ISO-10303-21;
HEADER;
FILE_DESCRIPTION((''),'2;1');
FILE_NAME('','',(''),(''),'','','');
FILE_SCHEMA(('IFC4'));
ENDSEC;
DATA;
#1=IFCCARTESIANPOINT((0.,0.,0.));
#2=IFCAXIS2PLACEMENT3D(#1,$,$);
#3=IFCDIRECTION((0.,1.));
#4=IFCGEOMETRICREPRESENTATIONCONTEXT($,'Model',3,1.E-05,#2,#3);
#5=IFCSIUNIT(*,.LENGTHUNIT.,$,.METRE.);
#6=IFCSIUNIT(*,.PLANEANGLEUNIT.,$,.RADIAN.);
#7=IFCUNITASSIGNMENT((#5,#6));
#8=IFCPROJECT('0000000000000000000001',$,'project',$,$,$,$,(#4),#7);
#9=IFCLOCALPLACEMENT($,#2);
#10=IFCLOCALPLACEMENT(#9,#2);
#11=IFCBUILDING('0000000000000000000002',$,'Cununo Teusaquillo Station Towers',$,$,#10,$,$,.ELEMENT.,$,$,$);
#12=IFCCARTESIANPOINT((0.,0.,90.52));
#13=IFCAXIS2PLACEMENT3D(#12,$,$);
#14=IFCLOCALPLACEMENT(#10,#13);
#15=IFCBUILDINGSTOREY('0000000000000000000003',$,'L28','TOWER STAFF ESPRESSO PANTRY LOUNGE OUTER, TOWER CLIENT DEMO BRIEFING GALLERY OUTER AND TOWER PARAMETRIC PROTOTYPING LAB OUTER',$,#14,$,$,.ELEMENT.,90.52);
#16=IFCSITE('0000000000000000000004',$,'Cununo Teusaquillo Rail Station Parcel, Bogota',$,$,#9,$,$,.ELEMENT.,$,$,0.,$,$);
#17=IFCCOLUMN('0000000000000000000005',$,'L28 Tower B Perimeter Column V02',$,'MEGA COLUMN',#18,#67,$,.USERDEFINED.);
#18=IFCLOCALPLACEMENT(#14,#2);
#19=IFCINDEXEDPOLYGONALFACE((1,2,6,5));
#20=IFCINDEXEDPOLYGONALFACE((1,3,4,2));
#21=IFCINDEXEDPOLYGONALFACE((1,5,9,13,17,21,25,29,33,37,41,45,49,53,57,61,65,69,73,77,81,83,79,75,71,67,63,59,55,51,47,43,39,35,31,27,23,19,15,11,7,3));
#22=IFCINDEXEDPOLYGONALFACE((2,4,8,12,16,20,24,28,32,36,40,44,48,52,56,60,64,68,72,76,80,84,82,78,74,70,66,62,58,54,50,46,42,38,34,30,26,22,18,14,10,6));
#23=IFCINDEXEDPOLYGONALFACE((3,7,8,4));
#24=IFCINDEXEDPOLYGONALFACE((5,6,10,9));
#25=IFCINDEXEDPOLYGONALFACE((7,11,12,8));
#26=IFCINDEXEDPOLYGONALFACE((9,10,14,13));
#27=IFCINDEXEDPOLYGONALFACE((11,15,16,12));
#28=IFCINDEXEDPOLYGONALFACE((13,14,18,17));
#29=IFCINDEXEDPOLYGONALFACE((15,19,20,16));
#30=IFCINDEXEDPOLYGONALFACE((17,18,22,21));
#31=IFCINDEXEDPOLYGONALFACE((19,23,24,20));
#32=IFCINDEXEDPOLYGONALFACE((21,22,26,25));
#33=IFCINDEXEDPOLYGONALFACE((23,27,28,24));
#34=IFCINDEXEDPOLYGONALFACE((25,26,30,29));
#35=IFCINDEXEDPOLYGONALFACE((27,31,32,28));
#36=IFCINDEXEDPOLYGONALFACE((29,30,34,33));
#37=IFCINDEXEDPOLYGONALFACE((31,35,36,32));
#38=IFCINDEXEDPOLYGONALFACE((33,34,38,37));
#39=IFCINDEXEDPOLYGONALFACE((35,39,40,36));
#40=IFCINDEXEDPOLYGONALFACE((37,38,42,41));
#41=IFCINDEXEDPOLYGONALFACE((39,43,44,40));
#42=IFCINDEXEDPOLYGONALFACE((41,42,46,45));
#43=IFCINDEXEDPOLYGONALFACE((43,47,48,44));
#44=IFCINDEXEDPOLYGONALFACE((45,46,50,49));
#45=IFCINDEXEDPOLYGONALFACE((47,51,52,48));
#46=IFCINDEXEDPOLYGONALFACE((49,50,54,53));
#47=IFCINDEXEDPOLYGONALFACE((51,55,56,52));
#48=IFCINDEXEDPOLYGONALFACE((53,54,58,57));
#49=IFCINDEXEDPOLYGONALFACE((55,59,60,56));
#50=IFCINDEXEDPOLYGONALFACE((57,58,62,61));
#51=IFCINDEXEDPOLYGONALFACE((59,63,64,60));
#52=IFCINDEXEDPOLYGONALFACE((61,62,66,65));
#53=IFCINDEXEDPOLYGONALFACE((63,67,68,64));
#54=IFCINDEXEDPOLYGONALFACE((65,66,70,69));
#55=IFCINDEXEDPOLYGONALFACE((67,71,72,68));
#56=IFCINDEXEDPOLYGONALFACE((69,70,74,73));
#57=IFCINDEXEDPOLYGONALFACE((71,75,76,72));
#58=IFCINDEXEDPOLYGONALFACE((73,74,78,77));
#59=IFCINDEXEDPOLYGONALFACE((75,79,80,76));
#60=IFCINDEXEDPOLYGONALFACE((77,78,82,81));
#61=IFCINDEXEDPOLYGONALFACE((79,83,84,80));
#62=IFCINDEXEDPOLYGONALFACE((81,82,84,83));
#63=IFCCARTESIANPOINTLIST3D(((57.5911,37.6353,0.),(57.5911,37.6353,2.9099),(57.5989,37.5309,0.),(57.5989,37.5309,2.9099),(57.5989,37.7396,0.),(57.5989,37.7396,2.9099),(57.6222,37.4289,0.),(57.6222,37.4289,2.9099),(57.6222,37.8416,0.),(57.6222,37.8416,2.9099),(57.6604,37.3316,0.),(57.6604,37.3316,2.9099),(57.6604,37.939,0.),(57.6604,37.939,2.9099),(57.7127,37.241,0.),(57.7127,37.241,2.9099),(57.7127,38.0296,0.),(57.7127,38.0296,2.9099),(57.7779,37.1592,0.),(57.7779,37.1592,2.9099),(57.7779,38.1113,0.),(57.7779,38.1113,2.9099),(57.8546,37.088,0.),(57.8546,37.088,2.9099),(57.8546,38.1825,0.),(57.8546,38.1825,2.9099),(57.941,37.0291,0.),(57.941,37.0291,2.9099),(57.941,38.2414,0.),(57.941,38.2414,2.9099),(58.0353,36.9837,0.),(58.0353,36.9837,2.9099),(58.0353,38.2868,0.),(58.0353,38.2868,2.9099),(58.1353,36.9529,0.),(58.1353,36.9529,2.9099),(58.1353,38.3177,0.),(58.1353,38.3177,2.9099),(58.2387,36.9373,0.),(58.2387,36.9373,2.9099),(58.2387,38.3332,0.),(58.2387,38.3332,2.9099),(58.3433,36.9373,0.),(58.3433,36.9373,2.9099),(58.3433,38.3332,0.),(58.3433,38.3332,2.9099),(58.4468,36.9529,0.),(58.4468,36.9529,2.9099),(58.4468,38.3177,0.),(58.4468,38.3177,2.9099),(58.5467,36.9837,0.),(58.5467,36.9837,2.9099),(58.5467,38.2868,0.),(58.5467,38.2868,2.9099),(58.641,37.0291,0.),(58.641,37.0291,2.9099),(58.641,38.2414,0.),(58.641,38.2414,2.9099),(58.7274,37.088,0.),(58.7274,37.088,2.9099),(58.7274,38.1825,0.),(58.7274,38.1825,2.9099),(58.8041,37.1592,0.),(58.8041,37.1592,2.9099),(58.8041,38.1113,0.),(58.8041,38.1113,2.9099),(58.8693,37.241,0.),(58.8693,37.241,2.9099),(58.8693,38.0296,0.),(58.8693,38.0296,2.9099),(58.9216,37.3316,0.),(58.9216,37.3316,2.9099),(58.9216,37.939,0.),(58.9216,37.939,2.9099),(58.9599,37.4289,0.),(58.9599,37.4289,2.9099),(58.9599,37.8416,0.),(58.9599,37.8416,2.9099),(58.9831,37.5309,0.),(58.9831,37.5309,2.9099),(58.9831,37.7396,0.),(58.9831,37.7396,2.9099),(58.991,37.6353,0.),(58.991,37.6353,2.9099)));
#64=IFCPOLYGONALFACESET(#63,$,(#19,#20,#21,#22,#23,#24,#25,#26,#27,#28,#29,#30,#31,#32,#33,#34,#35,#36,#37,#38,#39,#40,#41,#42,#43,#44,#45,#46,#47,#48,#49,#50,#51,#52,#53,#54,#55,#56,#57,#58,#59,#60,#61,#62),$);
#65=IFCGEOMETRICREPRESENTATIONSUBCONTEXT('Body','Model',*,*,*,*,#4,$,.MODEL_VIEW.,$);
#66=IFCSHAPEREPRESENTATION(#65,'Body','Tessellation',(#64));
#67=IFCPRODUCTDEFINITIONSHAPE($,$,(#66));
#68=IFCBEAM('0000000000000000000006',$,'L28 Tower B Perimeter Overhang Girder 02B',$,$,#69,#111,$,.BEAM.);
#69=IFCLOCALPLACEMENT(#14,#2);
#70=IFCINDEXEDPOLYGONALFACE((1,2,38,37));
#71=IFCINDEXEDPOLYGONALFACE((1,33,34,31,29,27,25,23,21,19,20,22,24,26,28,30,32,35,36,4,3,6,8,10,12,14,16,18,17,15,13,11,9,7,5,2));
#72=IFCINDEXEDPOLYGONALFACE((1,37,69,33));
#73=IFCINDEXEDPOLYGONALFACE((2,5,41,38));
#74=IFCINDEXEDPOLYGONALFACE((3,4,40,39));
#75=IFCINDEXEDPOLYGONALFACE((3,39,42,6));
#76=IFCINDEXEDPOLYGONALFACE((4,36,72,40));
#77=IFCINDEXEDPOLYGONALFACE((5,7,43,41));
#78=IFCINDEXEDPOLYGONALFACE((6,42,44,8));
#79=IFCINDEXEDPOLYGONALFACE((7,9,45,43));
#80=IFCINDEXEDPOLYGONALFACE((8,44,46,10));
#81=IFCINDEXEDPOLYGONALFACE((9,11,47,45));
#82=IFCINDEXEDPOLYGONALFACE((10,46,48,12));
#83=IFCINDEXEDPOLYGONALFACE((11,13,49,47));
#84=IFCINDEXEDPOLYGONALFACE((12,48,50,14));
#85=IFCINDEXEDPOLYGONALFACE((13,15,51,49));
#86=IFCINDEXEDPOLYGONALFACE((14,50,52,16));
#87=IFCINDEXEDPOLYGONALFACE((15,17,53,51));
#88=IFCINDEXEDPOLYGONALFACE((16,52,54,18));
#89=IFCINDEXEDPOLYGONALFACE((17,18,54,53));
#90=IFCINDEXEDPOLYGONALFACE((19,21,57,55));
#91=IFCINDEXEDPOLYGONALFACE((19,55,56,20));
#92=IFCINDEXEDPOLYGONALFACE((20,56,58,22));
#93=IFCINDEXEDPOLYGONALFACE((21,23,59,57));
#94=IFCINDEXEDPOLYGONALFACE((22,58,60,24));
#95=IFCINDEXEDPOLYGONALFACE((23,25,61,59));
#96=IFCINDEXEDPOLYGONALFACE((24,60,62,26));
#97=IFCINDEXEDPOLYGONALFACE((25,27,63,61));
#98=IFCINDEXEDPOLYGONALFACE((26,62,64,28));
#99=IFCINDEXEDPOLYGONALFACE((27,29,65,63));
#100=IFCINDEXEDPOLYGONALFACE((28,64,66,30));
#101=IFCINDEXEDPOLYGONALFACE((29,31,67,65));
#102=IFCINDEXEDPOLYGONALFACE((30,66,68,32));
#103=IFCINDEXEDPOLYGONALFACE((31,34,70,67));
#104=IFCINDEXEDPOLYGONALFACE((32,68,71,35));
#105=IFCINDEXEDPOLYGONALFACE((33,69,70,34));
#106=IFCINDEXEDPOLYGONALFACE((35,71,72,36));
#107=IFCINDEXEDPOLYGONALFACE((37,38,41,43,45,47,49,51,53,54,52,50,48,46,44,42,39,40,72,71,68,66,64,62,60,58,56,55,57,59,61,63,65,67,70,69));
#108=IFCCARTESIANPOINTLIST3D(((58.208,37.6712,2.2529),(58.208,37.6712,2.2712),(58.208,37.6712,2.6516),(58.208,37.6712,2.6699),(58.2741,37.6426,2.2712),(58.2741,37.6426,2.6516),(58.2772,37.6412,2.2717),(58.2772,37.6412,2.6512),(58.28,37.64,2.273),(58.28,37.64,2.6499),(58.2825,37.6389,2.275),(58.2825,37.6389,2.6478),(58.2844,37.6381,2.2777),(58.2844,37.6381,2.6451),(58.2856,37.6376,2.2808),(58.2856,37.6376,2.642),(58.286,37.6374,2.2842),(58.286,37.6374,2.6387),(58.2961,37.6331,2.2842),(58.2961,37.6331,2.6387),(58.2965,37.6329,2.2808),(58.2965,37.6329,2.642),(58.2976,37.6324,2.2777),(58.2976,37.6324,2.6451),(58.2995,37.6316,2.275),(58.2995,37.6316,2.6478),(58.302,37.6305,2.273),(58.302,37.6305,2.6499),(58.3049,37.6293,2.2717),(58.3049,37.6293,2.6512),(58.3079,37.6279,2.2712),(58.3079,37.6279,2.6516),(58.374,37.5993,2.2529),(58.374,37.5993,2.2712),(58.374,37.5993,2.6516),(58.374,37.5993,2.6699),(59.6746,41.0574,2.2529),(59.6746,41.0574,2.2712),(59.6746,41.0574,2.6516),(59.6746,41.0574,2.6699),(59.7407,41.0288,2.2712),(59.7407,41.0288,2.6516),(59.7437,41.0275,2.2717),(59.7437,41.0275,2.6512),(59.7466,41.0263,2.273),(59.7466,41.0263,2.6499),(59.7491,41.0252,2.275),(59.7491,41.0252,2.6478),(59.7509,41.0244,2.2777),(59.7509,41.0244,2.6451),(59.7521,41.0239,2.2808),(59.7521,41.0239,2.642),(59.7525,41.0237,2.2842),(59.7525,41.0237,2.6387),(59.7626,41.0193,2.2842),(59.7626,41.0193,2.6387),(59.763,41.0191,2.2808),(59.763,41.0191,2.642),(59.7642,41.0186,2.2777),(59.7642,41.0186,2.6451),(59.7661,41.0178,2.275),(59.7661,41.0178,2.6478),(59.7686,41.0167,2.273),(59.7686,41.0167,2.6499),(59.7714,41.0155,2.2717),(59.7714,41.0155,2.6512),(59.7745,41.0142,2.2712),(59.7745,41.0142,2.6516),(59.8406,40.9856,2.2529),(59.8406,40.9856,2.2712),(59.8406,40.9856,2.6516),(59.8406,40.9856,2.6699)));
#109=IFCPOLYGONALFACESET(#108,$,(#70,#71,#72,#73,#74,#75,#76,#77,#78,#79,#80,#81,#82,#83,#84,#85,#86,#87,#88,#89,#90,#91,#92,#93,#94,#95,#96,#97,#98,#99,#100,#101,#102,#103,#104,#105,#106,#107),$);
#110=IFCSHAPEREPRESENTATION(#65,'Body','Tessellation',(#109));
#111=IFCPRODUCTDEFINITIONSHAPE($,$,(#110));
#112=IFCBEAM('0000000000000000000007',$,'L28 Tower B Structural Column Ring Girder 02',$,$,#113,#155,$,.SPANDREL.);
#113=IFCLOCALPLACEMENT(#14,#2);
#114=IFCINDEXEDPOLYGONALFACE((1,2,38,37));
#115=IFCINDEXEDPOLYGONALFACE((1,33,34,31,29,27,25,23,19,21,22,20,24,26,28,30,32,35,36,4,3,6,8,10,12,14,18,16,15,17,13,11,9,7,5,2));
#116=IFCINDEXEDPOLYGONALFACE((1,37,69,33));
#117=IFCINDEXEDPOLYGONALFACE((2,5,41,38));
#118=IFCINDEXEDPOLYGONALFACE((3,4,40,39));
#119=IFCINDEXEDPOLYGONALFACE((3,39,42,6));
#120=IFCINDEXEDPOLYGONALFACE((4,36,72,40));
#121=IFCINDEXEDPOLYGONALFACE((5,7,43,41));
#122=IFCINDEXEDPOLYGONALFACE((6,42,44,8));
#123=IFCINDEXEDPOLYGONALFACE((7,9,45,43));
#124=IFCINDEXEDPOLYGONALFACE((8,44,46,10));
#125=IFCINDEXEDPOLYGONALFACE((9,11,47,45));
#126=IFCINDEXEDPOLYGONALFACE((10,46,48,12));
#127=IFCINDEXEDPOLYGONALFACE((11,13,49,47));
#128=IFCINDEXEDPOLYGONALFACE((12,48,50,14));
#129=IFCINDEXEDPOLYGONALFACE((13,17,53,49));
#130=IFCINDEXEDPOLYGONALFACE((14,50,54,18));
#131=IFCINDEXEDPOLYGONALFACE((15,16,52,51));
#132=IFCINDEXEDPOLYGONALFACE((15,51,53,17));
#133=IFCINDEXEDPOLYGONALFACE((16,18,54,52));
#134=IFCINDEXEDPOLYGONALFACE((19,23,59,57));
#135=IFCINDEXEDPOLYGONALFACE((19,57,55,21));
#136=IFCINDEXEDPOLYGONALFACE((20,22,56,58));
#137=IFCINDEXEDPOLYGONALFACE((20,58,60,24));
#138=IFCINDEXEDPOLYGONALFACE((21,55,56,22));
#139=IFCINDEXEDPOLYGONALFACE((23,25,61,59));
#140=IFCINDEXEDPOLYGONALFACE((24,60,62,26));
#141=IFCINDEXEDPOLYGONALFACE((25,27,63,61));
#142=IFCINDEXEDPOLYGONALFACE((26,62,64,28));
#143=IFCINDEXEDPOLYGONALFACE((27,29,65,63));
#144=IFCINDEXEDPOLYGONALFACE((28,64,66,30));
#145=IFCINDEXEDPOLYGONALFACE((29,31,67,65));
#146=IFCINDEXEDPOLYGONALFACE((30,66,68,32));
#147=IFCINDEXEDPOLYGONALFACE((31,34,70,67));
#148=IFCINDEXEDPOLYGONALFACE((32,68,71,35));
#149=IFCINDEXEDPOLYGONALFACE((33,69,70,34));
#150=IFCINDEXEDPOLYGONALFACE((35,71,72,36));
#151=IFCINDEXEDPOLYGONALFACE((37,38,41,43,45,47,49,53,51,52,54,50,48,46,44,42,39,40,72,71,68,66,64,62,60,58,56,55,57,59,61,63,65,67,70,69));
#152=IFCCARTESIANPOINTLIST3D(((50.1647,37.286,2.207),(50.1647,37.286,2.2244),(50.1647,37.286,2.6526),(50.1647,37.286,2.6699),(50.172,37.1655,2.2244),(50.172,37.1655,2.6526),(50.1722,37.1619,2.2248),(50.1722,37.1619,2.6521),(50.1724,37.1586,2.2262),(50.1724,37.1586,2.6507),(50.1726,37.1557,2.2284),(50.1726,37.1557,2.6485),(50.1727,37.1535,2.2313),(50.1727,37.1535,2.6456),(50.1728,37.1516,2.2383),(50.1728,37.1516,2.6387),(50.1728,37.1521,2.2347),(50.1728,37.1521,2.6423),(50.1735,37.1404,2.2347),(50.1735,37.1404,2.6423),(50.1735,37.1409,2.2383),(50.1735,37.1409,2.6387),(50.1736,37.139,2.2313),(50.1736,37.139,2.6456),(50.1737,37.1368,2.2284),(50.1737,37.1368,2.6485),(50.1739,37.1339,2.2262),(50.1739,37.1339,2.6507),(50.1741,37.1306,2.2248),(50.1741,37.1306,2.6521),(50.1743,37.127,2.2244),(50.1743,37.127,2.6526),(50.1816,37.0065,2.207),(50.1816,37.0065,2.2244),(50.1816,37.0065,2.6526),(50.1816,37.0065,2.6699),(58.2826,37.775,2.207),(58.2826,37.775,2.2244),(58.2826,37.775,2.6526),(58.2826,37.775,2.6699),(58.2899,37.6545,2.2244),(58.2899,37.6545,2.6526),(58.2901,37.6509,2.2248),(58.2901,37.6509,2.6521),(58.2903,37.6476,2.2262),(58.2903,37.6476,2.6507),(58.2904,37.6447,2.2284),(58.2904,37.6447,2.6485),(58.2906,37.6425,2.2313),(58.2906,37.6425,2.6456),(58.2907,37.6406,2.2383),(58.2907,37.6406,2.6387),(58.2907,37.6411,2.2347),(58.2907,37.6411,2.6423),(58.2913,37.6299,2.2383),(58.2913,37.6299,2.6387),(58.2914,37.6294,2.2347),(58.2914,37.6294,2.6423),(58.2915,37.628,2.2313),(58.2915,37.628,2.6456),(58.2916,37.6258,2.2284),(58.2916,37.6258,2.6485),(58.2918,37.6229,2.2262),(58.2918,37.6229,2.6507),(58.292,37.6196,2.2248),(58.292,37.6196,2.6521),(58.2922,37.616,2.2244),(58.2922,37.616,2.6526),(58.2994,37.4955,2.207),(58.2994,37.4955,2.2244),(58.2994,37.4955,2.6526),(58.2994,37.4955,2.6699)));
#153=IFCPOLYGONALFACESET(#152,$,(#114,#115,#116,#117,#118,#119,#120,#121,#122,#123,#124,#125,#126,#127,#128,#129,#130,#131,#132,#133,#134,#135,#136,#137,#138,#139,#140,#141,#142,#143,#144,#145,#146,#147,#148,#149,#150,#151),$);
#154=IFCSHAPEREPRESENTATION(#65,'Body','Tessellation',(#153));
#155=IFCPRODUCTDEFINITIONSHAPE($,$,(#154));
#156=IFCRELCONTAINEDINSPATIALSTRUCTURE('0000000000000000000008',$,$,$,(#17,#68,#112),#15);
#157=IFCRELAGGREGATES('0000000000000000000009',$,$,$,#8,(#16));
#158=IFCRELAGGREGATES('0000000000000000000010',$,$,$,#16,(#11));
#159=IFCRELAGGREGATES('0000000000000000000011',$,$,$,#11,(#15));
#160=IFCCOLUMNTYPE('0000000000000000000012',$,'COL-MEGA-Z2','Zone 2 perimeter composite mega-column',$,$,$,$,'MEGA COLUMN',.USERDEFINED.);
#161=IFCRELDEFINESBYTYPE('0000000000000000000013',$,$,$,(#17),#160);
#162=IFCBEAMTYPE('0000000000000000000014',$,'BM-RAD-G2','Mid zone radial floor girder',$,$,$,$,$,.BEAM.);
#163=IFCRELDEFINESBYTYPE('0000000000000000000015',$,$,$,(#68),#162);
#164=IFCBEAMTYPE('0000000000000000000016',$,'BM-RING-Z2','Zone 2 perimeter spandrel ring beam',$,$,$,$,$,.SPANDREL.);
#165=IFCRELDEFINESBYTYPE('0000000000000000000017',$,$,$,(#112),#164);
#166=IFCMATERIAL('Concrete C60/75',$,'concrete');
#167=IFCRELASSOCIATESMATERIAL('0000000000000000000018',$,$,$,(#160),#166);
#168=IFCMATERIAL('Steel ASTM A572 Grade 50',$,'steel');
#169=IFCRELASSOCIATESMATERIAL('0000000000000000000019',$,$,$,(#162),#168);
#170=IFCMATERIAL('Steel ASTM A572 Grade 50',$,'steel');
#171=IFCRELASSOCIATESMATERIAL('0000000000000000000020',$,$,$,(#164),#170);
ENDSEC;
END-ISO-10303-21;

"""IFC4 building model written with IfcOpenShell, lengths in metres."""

from ifc_helpers import new_model, si_unit, direction, frame, origin, origin_2d, place, context, subcontext, project, spatial, circle, i_section, extrude, material, material_profile, profile_set, type_object, element, save


model = new_model("IFC4")

# Units and contexts
model_context = context("Model", 3, precision=1e-05, world=origin(), true_north=direction((0.0, 1.0)))
body_context = subcontext(model_context, "Body", "Model", "MODEL_VIEW")
ifc_project = project(units=[si_unit("LENGTHUNIT", "METRE"), si_unit("PLANEANGLEUNIT", "RADIAN")], contexts=[model_context])

# Site, building, storey
site_placement = place(None, origin())
site = spatial("IfcSite", under=ifc_project, at=site_placement, Name="Cununo Teusaquillo Rail Station Parcel, Bogota", CompositionType="ELEMENT", RefElevation=0.0)
building_placement = place(site_placement, origin())
building = spatial("IfcBuilding", under=site, at=building_placement, Name="Cununo Teusaquillo Station Towers", CompositionType="ELEMENT")
storey_placement = place(building_placement, frame((0.0, 0.0, 90.52)))
storey = spatial("IfcBuildingStorey", under=building, at=storey_placement, Name="L28", Description="TOWER STAFF ESPRESSO PANTRY LOUNGE OUTER, TOWER CLIENT DEMO BRIEFING GALLERY OUTER AND TOWER PARAMETRIC PROTOTYPING LAB OUTER", CompositionType="ELEMENT", Elevation=90.52)

# Column
ifc_material_1 = material(Name="Concrete C60/75", Category="concrete")
ifc_material_profile_1 = material_profile(ifc_material_1, circle(Radius=0.7, at=origin_2d()), Name="RC-CIRC-1400")
ifc_profile_set_1 = profile_set([ifc_material_profile_1], Name="Concrete C60/75")
column_type = type_object("IfcColumnType", Name="COL-MEGA-Z2", Description="Zone 2 perimeter composite mega-column", ElementType="MEGA COLUMN", PredefinedType="USERDEFINED", material=ifc_profile_set_1)
column_placement = place(storey_placement, frame((58.291, 37.6353, 0.0), z_axis=(0.0, 0.0, 1.0), x_axis=(1.0, 0.0, 0.0)))
element("IfcColumn", 1, at=column_placement, inside=storey, type_object=column_type, Name="L28 Tower B Perimeter Column V02", ObjectType="MEGA COLUMN", PredefinedType="USERDEFINED", context=body_context, shape_type="SweptSolid", body=[
    extrude(circle(Radius=0.7, at=origin_2d()), origin(), (0.0, 0.0, 1.0), 2.9099),
])

# Beams
ifc_material_2 = material(Name="Steel ASTM A572 Grade 50", Category="steel")
ifc_material_profile_2 = material_profile(ifc_material_2, i_section(OverallWidth=0.1809, OverallDepth=0.417, WebThickness=0.011, FlangeThickness=0.0183, FilletRadius=0.0129, at=origin_2d()), Name="W16X57")
ifc_profile_set_2 = profile_set([ifc_material_profile_2], Name="Steel ASTM A572 Grade 50")
beam_type_1 = type_object("IfcBeamType", Name="BM-RAD-G2", Description="Mid zone radial floor girder", PredefinedType="BEAM", material=ifc_profile_set_2)
beam_1_placement = place(storey_placement, frame((58.291, 37.6353, 2.4614), z_axis=(0.397422, 0.917636, 0.0), x_axis=(-0.917636, 0.397422, 0.0)))
element("IfcBeam", 2, at=beam_1_placement, inside=storey, type_object=beam_type_1, Name="L28 Tower B Perimeter Overhang Girder 02B", PredefinedType="BEAM", context=body_context, shape_type="SweptSolid", body=[
    extrude(i_section(OverallWidth=0.1809, OverallDepth=0.417, WebThickness=0.011, FlangeThickness=0.0183, FilletRadius=0.0129, at=origin_2d()), origin(), (0.0, 0.0, 1.0), 3.6902),
])
ifc_material_3 = material(Name="Steel ASTM A572 Grade 50", Category="steel")
ifc_material_profile_3 = material_profile(ifc_material_3, i_section(OverallWidth=0.28, OverallDepth=0.4629, WebThickness=0.0107, FlangeThickness=0.0173, FilletRadius=0.0139, at=origin_2d()), Name="W18X76")
ifc_profile_set_3 = profile_set([ifc_material_profile_3], Name="Steel ASTM A572 Grade 50")
beam_type_2 = type_object("IfcBeamType", Name="BM-RING-Z2", Description="Zone 2 perimeter spandrel ring beam", PredefinedType="SPANDREL", material=ifc_profile_set_3)
beam_2_placement = place(storey_placement, frame((58.291, 37.6353, 2.4385), z_axis=(-0.998191, -0.06013, 0.0), x_axis=(0.06013, -0.998191, 0.0)))
element("IfcBeam", 3, at=beam_2_placement, inside=storey, type_object=beam_type_2, Name="L28 Tower B Structural Column Ring Girder 02", PredefinedType="SPANDREL", context=body_context, shape_type="SweptSolid", body=[
    extrude(i_section(OverallWidth=0.28, OverallDepth=0.4629, WebThickness=0.0107, FlangeThickness=0.0173, FilletRadius=0.0139, at=origin_2d()), origin(), (0.0, 0.0, 1.0), 8.1326),
])

save(model, "model.ifc")
